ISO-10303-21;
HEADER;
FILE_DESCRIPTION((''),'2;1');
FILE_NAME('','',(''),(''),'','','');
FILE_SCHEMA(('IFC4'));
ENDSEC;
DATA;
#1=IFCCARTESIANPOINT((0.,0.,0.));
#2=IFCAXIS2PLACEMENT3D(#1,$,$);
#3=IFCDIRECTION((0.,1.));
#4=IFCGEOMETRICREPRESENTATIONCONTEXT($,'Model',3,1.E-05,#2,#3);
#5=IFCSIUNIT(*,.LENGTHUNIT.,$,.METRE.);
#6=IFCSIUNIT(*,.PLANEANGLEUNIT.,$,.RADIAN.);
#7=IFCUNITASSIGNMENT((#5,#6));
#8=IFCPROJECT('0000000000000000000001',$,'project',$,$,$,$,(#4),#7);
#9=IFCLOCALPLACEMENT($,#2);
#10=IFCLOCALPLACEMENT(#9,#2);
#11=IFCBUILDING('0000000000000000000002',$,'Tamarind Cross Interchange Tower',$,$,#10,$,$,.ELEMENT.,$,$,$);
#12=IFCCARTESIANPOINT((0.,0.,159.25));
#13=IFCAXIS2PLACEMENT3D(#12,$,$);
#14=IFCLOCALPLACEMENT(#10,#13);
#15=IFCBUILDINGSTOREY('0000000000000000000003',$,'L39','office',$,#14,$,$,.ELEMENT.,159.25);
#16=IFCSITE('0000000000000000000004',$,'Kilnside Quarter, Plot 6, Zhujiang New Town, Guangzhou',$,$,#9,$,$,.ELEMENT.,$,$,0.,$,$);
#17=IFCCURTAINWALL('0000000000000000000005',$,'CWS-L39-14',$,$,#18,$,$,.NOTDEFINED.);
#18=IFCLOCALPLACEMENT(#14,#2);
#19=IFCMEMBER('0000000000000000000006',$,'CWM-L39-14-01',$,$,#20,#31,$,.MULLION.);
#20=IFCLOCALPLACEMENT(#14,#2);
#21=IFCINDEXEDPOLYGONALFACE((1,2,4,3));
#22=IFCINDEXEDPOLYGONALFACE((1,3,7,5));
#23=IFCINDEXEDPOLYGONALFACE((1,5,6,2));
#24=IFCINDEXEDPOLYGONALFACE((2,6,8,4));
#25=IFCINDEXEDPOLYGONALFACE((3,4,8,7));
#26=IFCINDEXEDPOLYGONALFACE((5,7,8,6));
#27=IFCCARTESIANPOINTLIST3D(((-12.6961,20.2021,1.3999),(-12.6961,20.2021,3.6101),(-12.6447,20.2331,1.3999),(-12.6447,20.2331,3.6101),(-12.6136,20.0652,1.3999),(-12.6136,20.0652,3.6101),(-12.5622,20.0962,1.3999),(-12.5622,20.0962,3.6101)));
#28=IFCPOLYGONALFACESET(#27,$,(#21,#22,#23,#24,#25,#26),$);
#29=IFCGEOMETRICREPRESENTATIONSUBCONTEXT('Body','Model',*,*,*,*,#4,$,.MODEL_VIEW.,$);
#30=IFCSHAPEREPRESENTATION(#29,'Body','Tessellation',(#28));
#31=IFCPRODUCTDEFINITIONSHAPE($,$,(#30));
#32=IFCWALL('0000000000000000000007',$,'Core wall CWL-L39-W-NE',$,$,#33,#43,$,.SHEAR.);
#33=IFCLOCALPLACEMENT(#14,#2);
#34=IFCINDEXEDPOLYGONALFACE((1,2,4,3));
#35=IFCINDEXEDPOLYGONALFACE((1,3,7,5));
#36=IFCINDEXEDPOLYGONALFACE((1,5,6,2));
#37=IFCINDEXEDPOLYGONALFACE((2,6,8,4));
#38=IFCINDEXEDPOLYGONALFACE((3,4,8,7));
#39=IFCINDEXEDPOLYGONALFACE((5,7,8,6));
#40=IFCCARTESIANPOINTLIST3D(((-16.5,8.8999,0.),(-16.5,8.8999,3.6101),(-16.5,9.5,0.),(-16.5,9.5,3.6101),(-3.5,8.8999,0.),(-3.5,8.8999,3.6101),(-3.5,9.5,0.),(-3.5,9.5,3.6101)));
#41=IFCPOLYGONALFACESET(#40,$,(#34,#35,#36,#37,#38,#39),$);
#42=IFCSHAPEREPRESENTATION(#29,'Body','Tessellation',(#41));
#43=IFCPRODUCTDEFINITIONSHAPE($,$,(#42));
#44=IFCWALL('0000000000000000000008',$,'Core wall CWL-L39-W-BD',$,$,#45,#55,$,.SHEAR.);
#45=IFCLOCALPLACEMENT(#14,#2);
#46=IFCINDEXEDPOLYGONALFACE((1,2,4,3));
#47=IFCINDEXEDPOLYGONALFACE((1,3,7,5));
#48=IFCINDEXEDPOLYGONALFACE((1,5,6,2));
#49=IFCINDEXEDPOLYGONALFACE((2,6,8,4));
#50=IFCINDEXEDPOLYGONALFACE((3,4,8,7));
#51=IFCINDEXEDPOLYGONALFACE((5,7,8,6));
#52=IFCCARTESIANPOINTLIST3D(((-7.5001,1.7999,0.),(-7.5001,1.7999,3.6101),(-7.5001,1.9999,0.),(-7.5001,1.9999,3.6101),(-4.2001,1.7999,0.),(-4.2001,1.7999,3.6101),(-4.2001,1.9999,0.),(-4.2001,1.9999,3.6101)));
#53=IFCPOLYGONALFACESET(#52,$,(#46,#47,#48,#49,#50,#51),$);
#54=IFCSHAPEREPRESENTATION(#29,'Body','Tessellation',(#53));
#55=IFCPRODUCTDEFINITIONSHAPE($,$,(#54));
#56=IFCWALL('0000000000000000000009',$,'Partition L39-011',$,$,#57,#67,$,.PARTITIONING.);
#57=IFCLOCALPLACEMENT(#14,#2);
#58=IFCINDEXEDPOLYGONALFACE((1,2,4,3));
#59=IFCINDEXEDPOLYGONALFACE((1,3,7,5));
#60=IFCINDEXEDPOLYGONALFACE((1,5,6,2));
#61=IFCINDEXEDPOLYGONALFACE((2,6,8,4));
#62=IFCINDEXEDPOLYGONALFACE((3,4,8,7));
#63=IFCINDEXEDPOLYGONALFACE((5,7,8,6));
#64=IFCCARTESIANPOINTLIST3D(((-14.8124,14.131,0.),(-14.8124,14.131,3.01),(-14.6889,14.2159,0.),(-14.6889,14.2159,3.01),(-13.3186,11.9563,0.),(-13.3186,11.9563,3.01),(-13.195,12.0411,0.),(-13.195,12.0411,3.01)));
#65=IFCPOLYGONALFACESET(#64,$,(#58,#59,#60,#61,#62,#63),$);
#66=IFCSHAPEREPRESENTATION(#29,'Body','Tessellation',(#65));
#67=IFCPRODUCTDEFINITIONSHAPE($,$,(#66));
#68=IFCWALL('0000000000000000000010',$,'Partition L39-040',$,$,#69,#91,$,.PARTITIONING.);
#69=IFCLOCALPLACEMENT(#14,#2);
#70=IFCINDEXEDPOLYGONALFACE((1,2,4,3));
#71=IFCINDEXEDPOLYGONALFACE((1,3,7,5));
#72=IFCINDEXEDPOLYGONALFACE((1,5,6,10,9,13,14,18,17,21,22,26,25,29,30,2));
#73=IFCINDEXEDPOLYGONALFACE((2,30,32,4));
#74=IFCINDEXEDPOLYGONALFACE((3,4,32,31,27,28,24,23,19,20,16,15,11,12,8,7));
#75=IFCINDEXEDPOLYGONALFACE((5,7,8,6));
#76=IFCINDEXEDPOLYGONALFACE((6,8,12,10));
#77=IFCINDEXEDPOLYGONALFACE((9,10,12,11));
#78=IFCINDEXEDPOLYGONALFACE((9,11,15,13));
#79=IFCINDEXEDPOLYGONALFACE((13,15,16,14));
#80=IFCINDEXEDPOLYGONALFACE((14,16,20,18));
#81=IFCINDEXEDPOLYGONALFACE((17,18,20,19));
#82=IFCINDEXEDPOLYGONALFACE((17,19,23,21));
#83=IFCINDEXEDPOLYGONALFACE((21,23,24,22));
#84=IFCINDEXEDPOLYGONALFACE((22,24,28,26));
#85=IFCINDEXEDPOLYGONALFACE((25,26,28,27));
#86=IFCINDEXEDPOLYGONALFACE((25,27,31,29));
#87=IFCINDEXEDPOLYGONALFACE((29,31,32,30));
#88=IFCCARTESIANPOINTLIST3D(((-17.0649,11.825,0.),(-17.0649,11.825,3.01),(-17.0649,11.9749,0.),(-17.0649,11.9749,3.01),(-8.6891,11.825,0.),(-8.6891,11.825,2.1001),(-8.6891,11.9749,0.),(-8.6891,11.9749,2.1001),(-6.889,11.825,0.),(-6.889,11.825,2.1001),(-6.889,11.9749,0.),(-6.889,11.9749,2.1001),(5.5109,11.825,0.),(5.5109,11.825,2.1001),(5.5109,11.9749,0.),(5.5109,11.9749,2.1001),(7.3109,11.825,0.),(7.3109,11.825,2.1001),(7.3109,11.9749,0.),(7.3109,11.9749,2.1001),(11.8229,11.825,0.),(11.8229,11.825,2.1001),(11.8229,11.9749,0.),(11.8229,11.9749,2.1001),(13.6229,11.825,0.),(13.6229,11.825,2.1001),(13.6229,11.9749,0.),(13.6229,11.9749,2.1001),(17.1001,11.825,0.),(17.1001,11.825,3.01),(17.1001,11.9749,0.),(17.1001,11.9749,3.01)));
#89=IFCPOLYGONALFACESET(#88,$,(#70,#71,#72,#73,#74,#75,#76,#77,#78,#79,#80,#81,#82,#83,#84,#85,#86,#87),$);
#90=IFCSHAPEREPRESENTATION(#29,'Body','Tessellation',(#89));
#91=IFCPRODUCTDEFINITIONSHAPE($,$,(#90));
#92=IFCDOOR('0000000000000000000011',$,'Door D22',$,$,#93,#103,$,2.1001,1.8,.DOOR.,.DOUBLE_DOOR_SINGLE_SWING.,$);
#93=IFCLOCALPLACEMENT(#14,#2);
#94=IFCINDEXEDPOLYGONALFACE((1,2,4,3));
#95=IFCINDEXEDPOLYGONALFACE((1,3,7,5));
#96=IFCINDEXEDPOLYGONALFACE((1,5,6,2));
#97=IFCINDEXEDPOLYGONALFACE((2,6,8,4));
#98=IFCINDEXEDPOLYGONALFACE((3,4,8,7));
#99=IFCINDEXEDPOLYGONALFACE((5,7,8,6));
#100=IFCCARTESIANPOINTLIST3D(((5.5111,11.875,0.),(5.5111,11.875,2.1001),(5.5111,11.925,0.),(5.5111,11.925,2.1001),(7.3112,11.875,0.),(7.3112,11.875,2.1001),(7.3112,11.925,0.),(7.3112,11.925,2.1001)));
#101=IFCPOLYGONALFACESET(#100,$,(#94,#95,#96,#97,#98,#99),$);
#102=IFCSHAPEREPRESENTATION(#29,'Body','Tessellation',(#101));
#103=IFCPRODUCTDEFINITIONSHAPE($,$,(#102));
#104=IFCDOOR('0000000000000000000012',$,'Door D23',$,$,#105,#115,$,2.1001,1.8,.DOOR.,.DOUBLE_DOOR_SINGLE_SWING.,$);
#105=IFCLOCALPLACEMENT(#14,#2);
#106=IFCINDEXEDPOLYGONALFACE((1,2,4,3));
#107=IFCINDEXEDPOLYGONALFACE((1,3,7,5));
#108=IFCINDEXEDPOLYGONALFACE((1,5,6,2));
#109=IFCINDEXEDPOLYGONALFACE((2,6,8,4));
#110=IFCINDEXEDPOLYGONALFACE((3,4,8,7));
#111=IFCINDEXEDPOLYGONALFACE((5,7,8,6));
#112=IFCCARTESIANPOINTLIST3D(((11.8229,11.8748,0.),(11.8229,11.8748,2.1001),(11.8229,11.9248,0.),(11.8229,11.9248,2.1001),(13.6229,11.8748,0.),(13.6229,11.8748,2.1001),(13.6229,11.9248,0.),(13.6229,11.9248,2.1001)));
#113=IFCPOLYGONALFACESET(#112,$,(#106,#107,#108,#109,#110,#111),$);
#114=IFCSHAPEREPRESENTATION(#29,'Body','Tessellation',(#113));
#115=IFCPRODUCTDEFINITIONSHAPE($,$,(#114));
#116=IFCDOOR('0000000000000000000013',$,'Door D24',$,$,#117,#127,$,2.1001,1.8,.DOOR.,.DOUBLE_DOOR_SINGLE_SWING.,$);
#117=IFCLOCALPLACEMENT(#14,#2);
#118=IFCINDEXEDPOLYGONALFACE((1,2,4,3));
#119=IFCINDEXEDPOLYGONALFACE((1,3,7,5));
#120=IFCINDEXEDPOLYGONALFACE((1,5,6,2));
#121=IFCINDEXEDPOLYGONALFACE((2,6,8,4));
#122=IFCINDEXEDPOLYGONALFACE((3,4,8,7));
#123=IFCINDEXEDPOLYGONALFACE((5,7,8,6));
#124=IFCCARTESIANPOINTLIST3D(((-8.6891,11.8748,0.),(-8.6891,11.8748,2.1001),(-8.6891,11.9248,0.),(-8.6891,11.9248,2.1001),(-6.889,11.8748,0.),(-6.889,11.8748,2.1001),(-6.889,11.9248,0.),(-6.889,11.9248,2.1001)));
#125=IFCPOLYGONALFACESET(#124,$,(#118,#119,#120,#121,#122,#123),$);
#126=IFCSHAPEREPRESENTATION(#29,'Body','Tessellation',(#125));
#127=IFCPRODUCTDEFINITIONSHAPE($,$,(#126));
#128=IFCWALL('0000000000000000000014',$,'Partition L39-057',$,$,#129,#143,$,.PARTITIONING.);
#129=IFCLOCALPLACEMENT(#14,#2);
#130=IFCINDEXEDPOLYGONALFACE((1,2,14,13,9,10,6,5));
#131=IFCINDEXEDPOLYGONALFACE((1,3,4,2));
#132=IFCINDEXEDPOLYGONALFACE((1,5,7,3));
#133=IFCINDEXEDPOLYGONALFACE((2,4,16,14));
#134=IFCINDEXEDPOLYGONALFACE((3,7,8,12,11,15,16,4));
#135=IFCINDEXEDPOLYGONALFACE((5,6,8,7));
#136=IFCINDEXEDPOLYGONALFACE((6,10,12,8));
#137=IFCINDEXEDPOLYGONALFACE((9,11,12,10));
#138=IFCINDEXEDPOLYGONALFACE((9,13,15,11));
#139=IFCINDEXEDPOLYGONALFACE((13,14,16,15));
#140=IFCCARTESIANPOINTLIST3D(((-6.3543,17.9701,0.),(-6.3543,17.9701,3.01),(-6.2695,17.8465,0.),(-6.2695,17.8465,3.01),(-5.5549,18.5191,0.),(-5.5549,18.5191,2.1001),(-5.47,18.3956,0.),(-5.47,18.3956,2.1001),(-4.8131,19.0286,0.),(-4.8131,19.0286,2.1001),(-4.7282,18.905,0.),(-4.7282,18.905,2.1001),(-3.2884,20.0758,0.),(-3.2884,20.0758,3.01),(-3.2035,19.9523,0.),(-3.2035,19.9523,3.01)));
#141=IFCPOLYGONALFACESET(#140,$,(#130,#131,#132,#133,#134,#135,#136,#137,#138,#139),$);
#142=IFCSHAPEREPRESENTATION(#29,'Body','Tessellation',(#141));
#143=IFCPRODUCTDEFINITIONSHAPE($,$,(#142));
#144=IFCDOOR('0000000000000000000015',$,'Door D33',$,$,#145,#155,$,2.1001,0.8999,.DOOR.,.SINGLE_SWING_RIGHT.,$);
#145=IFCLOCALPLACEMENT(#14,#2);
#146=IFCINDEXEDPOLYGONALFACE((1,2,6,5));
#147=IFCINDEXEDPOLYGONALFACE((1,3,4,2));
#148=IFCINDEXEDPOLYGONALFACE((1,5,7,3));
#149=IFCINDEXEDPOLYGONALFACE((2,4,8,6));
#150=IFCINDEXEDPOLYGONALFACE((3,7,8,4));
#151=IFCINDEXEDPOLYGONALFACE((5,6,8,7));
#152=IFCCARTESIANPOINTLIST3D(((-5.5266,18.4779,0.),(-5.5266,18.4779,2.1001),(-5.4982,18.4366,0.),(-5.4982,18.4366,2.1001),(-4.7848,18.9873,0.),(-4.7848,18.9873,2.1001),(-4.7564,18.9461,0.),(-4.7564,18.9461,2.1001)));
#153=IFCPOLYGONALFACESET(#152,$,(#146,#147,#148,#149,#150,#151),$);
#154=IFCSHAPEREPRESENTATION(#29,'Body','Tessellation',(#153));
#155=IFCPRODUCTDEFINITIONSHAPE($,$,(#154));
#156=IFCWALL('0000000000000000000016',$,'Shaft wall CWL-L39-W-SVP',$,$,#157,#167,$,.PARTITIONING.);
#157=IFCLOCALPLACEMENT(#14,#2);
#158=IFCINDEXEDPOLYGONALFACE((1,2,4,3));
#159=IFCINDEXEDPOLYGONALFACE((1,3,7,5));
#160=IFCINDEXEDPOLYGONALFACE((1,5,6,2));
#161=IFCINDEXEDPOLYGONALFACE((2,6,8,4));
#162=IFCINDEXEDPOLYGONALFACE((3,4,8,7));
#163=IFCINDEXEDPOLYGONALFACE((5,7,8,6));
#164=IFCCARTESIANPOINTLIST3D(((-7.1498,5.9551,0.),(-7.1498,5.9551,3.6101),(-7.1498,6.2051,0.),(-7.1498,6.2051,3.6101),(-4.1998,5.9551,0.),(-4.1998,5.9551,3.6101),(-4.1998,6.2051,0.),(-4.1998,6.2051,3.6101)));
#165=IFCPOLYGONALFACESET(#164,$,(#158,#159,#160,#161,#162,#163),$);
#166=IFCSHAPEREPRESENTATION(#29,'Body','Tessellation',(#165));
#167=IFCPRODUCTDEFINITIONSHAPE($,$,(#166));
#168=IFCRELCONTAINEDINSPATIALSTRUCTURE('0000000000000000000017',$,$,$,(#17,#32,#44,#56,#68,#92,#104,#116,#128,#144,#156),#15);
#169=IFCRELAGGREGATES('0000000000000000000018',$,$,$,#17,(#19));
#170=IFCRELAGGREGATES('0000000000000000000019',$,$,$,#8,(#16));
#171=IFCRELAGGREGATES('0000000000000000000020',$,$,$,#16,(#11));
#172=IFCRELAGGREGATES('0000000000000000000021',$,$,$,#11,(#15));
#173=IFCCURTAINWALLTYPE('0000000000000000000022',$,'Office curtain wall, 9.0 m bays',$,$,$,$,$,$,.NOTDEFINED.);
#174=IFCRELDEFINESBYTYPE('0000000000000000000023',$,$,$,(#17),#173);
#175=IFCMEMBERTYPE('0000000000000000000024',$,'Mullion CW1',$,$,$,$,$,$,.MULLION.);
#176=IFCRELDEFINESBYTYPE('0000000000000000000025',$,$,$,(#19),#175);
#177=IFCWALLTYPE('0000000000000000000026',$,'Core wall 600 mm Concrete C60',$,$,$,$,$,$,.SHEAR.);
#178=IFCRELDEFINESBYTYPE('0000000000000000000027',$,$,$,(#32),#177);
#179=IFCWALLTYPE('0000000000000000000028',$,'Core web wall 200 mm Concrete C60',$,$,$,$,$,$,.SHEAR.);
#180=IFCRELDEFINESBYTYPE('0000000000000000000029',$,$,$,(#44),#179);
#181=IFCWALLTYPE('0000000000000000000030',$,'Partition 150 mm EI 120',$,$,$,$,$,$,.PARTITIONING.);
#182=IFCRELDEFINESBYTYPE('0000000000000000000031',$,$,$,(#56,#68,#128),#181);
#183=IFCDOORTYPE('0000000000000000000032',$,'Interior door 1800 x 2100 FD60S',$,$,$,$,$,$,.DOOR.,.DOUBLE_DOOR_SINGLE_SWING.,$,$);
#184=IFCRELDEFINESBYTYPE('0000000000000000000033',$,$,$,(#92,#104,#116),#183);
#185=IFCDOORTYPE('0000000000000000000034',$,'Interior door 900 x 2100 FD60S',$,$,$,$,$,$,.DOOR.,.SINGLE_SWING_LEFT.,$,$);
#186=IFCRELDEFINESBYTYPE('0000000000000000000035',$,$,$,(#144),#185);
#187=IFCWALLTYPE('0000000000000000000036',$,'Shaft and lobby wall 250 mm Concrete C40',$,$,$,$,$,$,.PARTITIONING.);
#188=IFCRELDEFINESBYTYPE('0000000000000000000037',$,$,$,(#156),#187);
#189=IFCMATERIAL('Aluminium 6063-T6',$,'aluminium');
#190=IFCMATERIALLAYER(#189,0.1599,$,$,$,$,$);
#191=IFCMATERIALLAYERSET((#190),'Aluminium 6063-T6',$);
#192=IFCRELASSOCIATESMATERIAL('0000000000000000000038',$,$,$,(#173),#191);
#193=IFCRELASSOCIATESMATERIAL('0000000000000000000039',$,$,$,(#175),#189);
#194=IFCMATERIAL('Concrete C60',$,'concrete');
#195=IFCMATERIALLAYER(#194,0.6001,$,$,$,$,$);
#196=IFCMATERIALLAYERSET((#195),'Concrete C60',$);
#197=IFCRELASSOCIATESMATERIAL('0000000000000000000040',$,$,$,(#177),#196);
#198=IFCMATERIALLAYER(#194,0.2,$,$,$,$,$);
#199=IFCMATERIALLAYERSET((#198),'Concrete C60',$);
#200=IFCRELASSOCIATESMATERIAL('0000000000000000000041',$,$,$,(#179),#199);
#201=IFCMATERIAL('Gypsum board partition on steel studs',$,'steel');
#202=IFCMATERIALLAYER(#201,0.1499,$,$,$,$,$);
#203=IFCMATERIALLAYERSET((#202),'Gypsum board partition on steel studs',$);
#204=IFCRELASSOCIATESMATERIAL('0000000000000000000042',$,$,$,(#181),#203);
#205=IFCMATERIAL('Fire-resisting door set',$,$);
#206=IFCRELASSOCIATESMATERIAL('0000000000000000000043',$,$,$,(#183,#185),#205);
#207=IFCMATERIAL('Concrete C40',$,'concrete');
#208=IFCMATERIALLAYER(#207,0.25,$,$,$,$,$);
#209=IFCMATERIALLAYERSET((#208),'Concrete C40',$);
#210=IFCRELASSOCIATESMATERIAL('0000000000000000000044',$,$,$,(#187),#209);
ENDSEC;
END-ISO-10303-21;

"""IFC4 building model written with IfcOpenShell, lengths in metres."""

from ifc_helpers import new_model, si_unit, direction, frame, frame_2d, origin, origin_2d, place, context, subcontext, project, spatial, rectangle, extrude, material, layer, layer_set, material_profile, profile_set, type_object, element, fill, aggregate, save


model = new_model("IFC4")

# Units and contexts
model_context = context("Model", 3, precision=1e-05, world=origin(), true_north=direction((0.0, 1.0)))
body_context = subcontext(model_context, "Body", "Model", "MODEL_VIEW")
ifc_project = project(units=[si_unit("LENGTHUNIT", "METRE"), si_unit("PLANEANGLEUNIT", "RADIAN")], contexts=[model_context])

# Site, building, storey
site_placement = place(None, origin())
site = spatial("IfcSite", under=ifc_project, at=site_placement, Name="Kilnside Quarter, Plot 6, Zhujiang New Town, Guangzhou", CompositionType="ELEMENT", RefElevation=0.0)
building_placement = place(site_placement, origin())
building = spatial("IfcBuilding", under=site, at=building_placement, Name="Tamarind Cross Interchange Tower", CompositionType="ELEMENT")
storey_placement = place(building_placement, frame((0.0, 0.0, 159.25)))
storey = spatial("IfcBuildingStorey", under=building, at=storey_placement, Name="L39", Description="office", CompositionType="ELEMENT", Elevation=159.25)

# Shared definitions
ifc_material_1 = material(Name="Concrete C60", Category="concrete")

# Curtain wall, member
ifc_material_2 = material(Name="Aluminium 6063-T6", Category="aluminium")
ifc_layer_1 = layer(ifc_material_2, 0.1599)
ifc_layer_set_1 = layer_set([ifc_layer_1], Name="Aluminium 6063-T6")
curtain_wall_type = type_object("IfcCurtainWallType", Name="Office curtain wall, 9.0 m bays", PredefinedType="NOTDEFINED", material=ifc_layer_set_1)
curtain_wall_placement = place(storey_placement, origin())
curtain_wall = element("IfcCurtainWall", 1, at=curtain_wall_placement, inside=storey, type_object=curtain_wall_type, Name="CWS-L39-14", PredefinedType="NOTDEFINED")
ifc_material_profile_1 = material_profile(ifc_material_2, rectangle(XDim=0.0601, YDim=0.1599, at=origin_2d()), Name="Mullion CW1")
ifc_profile_set_1 = profile_set([ifc_material_profile_1], Name="Aluminium 6063-T6")
member_type = type_object("IfcMemberType", Name="Mullion CW1", PredefinedType="MULLION", material=ifc_profile_set_1)
member_placement = place(storey_placement, frame((-12.6292, 20.1492, 1.3999), z_axis=(0.0, 0.0, 1.0), x_axis=(-0.856439, -0.516248, 0.0)))
member = element("IfcMember", 2, at=member_placement, type_object=member_type, Name="CWM-L39-14-01", PredefinedType="MULLION", context=body_context, shape_type="SweptSolid", body=[
    extrude(rectangle(XDim=0.0601, YDim=0.1599, at=origin_2d()), origin(), (0.0, 0.0, 1.0), 2.2102),
])
aggregate(curtain_wall, [member])

# Walls
ifc_layer_2 = layer(ifc_material_1, 0.6001)
ifc_layer_set_2 = layer_set([ifc_layer_2], Name="Concrete C60")
wall_type_1 = type_object("IfcWallType", Name="Core wall 600 mm Concrete C60", PredefinedType="SHEAR", material=ifc_layer_set_2)
wall_1_placement = place(storey_placement, frame((-16.5, 9.2, 0.0), z_axis=(0.0, 0.0, 1.0), x_axis=(1.0, 0.0, 0.0)))
element("IfcWall", 3, at=wall_1_placement, inside=storey, type_object=wall_type_1, Name="Core wall CWL-L39-W-NE", PredefinedType="SHEAR", context=body_context, shape_type="SweptSolid", body=[
    extrude(rectangle(XDim=13.0, YDim=0.6001, at=frame_2d((6.5, 0.0))), origin(), (0.0, 0.0, 1.0), 3.6101),
])
ifc_layer_3 = layer(ifc_material_1, 0.2)
ifc_layer_set_3 = layer_set([ifc_layer_3], Name="Concrete C60")
wall_type_2 = type_object("IfcWallType", Name="Core web wall 200 mm Concrete C60", PredefinedType="SHEAR", material=ifc_layer_set_3)
wall_2_placement = place(storey_placement, frame((-7.5, 1.8999, 0.0), z_axis=(0.0, 0.0, 1.0), x_axis=(1.0, 0.0, 0.0)))
element("IfcWall", 4, at=wall_2_placement, inside=storey, type_object=wall_type_2, Name="Core wall CWL-L39-W-BD", PredefinedType="SHEAR", context=body_context, shape_type="SweptSolid", body=[
    extrude(rectangle(XDim=3.3, YDim=0.2, at=frame_2d((1.6499, 0.0))), origin(), (0.0, 0.0, 1.0), 3.6101),
])
ifc_material_3 = material(Name="Gypsum board partition on steel studs", Category="steel")
ifc_layer_4 = layer(ifc_material_3, 0.1499)
ifc_layer_set_4 = layer_set([ifc_layer_4], Name="Gypsum board partition on steel studs")
wall_type_3 = type_object("IfcWallType", Name="Partition 150 mm EI 120", PredefinedType="PARTITIONING", material=ifc_layer_set_4)
wall_3_placement = place(storey_placement, frame((-14.7507, 14.1736, 0.0), z_axis=(0.0, 0.0, 1.0), x_axis=(0.566199, -0.824269, 0.0)))
element("IfcWall", 5, at=wall_3_placement, inside=storey, type_object=wall_type_3, Name="Partition L39-011", PredefinedType="PARTITIONING", context=body_context, shape_type="SweptSolid", body=[
    extrude(rectangle(XDim=2.6384, YDim=0.1499, at=frame_2d((1.3193, 0.0))), origin(), (0.0, 0.0, 1.0), 3.01),
])

# Wall, openings, doors
wall_4_placement = place(storey_placement, frame((-17.0649, 11.8999, 0.0), z_axis=(0.0, 0.0, 1.0), x_axis=(1.0, 0.0, 0.0)))
wall_4 = element("IfcWall", 6, at=wall_4_placement, inside=storey, type_object=wall_type_3, Name="Partition L39-040", PredefinedType="PARTITIONING", context=body_context, shape_type="SweptSolid", body=[
    extrude(rectangle(XDim=34.165, YDim=0.1499, at=frame_2d((17.0825, 0.0))), origin(), (0.0, 0.0, 1.0), 3.01),
])
opening_1_placement = place(wall_4_placement, frame((22.5759, 0.0, 0.0)))
opening_1 = element("IfcOpeningElement", 7, at=opening_1_placement, cuts=wall_4, PredefinedType="OPENING", context=body_context, shape_type="SweptSolid", body=[
    extrude(rectangle(XDim=1.8, YDim=2.1001, at=frame_2d((0.8999, 1.05))), frame((0.0, 0.085, 0.0), z_axis=(0.0, -1.0, 0.0), x_axis=(1.0, 0.0, 0.0)), (0.0, 0.0, 1.0), 0.1699),
])
opening_2_placement = place(wall_4_placement, frame((28.8879, 0.0, 0.0)))
opening_2 = element("IfcOpeningElement", 8, at=opening_2_placement, cuts=wall_4, PredefinedType="OPENING", context=body_context, shape_type="SweptSolid", body=[
    extrude(rectangle(XDim=1.8, YDim=2.1001, at=frame_2d((0.8999, 1.05))), frame((0.0, 0.085, 0.0), z_axis=(0.0, -1.0, 0.0), x_axis=(1.0, 0.0, 0.0)), (0.0, 0.0, 1.0), 0.1699),
])
opening_3_placement = place(wall_4_placement, frame((8.376, 0.0, 0.0)))
opening_3 = element("IfcOpeningElement", 9, at=opening_3_placement, cuts=wall_4, PredefinedType="OPENING", context=body_context, shape_type="SweptSolid", body=[
    extrude(rectangle(XDim=1.8, YDim=2.1001, at=frame_2d((0.8999, 1.05))), frame((0.0, 0.085, 0.0), z_axis=(0.0, -1.0, 0.0), x_axis=(1.0, 0.0, 0.0)), (0.0, 0.0, 1.0), 0.1699),
])
ifc_material_4 = material(Name="Fire-resisting door set")
door_type_1 = type_object("IfcDoorType", Name="Interior door 1800 x 2100 FD60S", OperationType="DOUBLE_DOOR_SINGLE_SWING", PredefinedType="DOOR", material=ifc_material_4)
door_1_placement = place(opening_1_placement, frame((1.8, 0.0, 0.0), z_axis=(0.0, 0.0, 1.0), x_axis=(-1.0, 0.0, 0.0)))
door_1 = element("IfcDoor", 10, at=door_1_placement, inside=storey, type_object=door_type_1, Name="Door D22", OperationType="DOUBLE_DOOR_SINGLE_SWING", OverallHeight=2.1001, OverallWidth=1.8, PredefinedType="DOOR", context=body_context, shape_type="SweptSolid", body=[
    extrude(rectangle(XDim=1.8, YDim=2.1001, at=frame_2d((0.8999, 1.05))), frame((0.0, 0.0249, 0.0), z_axis=(0.0, -1.0, 0.0), x_axis=(1.0, 0.0, 0.0)), (0.0, 0.0, 1.0), 0.05),
])
fill(opening_1, door_1)
door_2_placement = place(opening_2_placement, origin())
door_2 = element("IfcDoor", 11, at=door_2_placement, inside=storey, type_object=door_type_1, Name="Door D23", OperationType="DOUBLE_DOOR_SINGLE_SWING", OverallHeight=2.1001, OverallWidth=1.8, PredefinedType="DOOR", context=body_context, shape_type="SweptSolid", body=[
    extrude(rectangle(XDim=1.8, YDim=2.1001, at=frame_2d((0.8999, 1.05))), frame((0.0, 0.0249, 0.0), z_axis=(0.0, -1.0, 0.0), x_axis=(1.0, 0.0, 0.0)), (0.0, 0.0, 1.0), 0.05),
])
fill(opening_2, door_2)
door_3_placement = place(opening_3_placement, origin())
door_3 = element("IfcDoor", 12, at=door_3_placement, inside=storey, type_object=door_type_1, Name="Door D24", OperationType="DOUBLE_DOOR_SINGLE_SWING", OverallHeight=2.1001, OverallWidth=1.8, PredefinedType="DOOR", context=body_context, shape_type="SweptSolid", body=[
    extrude(rectangle(XDim=1.8, YDim=2.1001, at=frame_2d((0.8999, 1.05))), frame((0.0, 0.0249, 0.0), z_axis=(0.0, -1.0, 0.0), x_axis=(1.0, 0.0, 0.0)), (0.0, 0.0, 1.0), 0.05),
])
fill(opening_3, door_3)

# Wall, opening, door
wall_5_placement = place(storey_placement, frame((-6.312, 17.9082, 0.0), z_axis=(0.0, 0.0, 1.0), x_axis=(0.824306, 0.566144, 0.0)))
wall_5 = element("IfcWall", 13, at=wall_5_placement, inside=storey, type_object=wall_type_3, Name="Partition L39-057", PredefinedType="PARTITIONING", context=body_context, shape_type="SweptSolid", body=[
    extrude(rectangle(XDim=3.7195, YDim=0.1499, at=frame_2d((1.8599, 0.0))), origin(), (0.0, 0.0, 1.0), 3.01),
])
opening_4_placement = place(wall_5_placement, frame((0.97, 0.0, 0.0)))
opening_4 = element("IfcOpeningElement", 14, at=opening_4_placement, cuts=wall_5, PredefinedType="OPENING", context=body_context, shape_type="SweptSolid", body=[
    extrude(rectangle(XDim=0.8999, YDim=2.1001, at=frame_2d((0.45, 1.05))), frame((0.0, 0.085, 0.0), z_axis=(0.0, -1.0, 0.0), x_axis=(1.0, 0.0, 0.0)), (0.0, 0.0, 1.0), 0.1699),
])
door_type_2 = type_object("IfcDoorType", Name="Interior door 900 x 2100 FD60S", OperationType="SINGLE_SWING_LEFT", PredefinedType="DOOR", material=ifc_material_4)
door_4_placement = place(opening_4_placement, origin())
door_4 = element("IfcDoor", 15, at=door_4_placement, inside=storey, type_object=door_type_2, Name="Door D33", OperationType="SINGLE_SWING_RIGHT", OverallHeight=2.1001, OverallWidth=0.8999, PredefinedType="DOOR", context=body_context, shape_type="SweptSolid", body=[
    extrude(rectangle(XDim=0.8999, YDim=2.1001, at=frame_2d((0.45, 1.05))), frame((0.0, 0.0249, 0.0), z_axis=(0.0, -1.0, 0.0), x_axis=(1.0, 0.0, 0.0)), (0.0, 0.0, 1.0), 0.05),
])
fill(opening_4, door_4)

# Wall
ifc_material_5 = material(Name="Concrete C40", Category="concrete")
ifc_layer_5 = layer(ifc_material_5, 0.25)
ifc_layer_set_5 = layer_set([ifc_layer_5], Name="Concrete C40")
wall_type_4 = type_object("IfcWallType", Name="Shaft and lobby wall 250 mm Concrete C40", PredefinedType="PARTITIONING", material=ifc_layer_set_5)
wall_6_placement = place(storey_placement, frame((-7.1499, 6.0801, 0.0), z_axis=(0.0, 0.0, 1.0), x_axis=(1.0, 0.0, 0.0)))
element("IfcWall", 16, at=wall_6_placement, inside=storey, type_object=wall_type_4, Name="Shaft wall CWL-L39-W-SVP", PredefinedType="PARTITIONING", context=body_context, shape_type="SweptSolid", body=[
    extrude(rectangle(XDim=2.95, YDim=0.25, at=frame_2d((1.4751, 0.0))), origin(), (0.0, 0.0, 1.0), 3.6101),
])

save(model, "model.ifc")
